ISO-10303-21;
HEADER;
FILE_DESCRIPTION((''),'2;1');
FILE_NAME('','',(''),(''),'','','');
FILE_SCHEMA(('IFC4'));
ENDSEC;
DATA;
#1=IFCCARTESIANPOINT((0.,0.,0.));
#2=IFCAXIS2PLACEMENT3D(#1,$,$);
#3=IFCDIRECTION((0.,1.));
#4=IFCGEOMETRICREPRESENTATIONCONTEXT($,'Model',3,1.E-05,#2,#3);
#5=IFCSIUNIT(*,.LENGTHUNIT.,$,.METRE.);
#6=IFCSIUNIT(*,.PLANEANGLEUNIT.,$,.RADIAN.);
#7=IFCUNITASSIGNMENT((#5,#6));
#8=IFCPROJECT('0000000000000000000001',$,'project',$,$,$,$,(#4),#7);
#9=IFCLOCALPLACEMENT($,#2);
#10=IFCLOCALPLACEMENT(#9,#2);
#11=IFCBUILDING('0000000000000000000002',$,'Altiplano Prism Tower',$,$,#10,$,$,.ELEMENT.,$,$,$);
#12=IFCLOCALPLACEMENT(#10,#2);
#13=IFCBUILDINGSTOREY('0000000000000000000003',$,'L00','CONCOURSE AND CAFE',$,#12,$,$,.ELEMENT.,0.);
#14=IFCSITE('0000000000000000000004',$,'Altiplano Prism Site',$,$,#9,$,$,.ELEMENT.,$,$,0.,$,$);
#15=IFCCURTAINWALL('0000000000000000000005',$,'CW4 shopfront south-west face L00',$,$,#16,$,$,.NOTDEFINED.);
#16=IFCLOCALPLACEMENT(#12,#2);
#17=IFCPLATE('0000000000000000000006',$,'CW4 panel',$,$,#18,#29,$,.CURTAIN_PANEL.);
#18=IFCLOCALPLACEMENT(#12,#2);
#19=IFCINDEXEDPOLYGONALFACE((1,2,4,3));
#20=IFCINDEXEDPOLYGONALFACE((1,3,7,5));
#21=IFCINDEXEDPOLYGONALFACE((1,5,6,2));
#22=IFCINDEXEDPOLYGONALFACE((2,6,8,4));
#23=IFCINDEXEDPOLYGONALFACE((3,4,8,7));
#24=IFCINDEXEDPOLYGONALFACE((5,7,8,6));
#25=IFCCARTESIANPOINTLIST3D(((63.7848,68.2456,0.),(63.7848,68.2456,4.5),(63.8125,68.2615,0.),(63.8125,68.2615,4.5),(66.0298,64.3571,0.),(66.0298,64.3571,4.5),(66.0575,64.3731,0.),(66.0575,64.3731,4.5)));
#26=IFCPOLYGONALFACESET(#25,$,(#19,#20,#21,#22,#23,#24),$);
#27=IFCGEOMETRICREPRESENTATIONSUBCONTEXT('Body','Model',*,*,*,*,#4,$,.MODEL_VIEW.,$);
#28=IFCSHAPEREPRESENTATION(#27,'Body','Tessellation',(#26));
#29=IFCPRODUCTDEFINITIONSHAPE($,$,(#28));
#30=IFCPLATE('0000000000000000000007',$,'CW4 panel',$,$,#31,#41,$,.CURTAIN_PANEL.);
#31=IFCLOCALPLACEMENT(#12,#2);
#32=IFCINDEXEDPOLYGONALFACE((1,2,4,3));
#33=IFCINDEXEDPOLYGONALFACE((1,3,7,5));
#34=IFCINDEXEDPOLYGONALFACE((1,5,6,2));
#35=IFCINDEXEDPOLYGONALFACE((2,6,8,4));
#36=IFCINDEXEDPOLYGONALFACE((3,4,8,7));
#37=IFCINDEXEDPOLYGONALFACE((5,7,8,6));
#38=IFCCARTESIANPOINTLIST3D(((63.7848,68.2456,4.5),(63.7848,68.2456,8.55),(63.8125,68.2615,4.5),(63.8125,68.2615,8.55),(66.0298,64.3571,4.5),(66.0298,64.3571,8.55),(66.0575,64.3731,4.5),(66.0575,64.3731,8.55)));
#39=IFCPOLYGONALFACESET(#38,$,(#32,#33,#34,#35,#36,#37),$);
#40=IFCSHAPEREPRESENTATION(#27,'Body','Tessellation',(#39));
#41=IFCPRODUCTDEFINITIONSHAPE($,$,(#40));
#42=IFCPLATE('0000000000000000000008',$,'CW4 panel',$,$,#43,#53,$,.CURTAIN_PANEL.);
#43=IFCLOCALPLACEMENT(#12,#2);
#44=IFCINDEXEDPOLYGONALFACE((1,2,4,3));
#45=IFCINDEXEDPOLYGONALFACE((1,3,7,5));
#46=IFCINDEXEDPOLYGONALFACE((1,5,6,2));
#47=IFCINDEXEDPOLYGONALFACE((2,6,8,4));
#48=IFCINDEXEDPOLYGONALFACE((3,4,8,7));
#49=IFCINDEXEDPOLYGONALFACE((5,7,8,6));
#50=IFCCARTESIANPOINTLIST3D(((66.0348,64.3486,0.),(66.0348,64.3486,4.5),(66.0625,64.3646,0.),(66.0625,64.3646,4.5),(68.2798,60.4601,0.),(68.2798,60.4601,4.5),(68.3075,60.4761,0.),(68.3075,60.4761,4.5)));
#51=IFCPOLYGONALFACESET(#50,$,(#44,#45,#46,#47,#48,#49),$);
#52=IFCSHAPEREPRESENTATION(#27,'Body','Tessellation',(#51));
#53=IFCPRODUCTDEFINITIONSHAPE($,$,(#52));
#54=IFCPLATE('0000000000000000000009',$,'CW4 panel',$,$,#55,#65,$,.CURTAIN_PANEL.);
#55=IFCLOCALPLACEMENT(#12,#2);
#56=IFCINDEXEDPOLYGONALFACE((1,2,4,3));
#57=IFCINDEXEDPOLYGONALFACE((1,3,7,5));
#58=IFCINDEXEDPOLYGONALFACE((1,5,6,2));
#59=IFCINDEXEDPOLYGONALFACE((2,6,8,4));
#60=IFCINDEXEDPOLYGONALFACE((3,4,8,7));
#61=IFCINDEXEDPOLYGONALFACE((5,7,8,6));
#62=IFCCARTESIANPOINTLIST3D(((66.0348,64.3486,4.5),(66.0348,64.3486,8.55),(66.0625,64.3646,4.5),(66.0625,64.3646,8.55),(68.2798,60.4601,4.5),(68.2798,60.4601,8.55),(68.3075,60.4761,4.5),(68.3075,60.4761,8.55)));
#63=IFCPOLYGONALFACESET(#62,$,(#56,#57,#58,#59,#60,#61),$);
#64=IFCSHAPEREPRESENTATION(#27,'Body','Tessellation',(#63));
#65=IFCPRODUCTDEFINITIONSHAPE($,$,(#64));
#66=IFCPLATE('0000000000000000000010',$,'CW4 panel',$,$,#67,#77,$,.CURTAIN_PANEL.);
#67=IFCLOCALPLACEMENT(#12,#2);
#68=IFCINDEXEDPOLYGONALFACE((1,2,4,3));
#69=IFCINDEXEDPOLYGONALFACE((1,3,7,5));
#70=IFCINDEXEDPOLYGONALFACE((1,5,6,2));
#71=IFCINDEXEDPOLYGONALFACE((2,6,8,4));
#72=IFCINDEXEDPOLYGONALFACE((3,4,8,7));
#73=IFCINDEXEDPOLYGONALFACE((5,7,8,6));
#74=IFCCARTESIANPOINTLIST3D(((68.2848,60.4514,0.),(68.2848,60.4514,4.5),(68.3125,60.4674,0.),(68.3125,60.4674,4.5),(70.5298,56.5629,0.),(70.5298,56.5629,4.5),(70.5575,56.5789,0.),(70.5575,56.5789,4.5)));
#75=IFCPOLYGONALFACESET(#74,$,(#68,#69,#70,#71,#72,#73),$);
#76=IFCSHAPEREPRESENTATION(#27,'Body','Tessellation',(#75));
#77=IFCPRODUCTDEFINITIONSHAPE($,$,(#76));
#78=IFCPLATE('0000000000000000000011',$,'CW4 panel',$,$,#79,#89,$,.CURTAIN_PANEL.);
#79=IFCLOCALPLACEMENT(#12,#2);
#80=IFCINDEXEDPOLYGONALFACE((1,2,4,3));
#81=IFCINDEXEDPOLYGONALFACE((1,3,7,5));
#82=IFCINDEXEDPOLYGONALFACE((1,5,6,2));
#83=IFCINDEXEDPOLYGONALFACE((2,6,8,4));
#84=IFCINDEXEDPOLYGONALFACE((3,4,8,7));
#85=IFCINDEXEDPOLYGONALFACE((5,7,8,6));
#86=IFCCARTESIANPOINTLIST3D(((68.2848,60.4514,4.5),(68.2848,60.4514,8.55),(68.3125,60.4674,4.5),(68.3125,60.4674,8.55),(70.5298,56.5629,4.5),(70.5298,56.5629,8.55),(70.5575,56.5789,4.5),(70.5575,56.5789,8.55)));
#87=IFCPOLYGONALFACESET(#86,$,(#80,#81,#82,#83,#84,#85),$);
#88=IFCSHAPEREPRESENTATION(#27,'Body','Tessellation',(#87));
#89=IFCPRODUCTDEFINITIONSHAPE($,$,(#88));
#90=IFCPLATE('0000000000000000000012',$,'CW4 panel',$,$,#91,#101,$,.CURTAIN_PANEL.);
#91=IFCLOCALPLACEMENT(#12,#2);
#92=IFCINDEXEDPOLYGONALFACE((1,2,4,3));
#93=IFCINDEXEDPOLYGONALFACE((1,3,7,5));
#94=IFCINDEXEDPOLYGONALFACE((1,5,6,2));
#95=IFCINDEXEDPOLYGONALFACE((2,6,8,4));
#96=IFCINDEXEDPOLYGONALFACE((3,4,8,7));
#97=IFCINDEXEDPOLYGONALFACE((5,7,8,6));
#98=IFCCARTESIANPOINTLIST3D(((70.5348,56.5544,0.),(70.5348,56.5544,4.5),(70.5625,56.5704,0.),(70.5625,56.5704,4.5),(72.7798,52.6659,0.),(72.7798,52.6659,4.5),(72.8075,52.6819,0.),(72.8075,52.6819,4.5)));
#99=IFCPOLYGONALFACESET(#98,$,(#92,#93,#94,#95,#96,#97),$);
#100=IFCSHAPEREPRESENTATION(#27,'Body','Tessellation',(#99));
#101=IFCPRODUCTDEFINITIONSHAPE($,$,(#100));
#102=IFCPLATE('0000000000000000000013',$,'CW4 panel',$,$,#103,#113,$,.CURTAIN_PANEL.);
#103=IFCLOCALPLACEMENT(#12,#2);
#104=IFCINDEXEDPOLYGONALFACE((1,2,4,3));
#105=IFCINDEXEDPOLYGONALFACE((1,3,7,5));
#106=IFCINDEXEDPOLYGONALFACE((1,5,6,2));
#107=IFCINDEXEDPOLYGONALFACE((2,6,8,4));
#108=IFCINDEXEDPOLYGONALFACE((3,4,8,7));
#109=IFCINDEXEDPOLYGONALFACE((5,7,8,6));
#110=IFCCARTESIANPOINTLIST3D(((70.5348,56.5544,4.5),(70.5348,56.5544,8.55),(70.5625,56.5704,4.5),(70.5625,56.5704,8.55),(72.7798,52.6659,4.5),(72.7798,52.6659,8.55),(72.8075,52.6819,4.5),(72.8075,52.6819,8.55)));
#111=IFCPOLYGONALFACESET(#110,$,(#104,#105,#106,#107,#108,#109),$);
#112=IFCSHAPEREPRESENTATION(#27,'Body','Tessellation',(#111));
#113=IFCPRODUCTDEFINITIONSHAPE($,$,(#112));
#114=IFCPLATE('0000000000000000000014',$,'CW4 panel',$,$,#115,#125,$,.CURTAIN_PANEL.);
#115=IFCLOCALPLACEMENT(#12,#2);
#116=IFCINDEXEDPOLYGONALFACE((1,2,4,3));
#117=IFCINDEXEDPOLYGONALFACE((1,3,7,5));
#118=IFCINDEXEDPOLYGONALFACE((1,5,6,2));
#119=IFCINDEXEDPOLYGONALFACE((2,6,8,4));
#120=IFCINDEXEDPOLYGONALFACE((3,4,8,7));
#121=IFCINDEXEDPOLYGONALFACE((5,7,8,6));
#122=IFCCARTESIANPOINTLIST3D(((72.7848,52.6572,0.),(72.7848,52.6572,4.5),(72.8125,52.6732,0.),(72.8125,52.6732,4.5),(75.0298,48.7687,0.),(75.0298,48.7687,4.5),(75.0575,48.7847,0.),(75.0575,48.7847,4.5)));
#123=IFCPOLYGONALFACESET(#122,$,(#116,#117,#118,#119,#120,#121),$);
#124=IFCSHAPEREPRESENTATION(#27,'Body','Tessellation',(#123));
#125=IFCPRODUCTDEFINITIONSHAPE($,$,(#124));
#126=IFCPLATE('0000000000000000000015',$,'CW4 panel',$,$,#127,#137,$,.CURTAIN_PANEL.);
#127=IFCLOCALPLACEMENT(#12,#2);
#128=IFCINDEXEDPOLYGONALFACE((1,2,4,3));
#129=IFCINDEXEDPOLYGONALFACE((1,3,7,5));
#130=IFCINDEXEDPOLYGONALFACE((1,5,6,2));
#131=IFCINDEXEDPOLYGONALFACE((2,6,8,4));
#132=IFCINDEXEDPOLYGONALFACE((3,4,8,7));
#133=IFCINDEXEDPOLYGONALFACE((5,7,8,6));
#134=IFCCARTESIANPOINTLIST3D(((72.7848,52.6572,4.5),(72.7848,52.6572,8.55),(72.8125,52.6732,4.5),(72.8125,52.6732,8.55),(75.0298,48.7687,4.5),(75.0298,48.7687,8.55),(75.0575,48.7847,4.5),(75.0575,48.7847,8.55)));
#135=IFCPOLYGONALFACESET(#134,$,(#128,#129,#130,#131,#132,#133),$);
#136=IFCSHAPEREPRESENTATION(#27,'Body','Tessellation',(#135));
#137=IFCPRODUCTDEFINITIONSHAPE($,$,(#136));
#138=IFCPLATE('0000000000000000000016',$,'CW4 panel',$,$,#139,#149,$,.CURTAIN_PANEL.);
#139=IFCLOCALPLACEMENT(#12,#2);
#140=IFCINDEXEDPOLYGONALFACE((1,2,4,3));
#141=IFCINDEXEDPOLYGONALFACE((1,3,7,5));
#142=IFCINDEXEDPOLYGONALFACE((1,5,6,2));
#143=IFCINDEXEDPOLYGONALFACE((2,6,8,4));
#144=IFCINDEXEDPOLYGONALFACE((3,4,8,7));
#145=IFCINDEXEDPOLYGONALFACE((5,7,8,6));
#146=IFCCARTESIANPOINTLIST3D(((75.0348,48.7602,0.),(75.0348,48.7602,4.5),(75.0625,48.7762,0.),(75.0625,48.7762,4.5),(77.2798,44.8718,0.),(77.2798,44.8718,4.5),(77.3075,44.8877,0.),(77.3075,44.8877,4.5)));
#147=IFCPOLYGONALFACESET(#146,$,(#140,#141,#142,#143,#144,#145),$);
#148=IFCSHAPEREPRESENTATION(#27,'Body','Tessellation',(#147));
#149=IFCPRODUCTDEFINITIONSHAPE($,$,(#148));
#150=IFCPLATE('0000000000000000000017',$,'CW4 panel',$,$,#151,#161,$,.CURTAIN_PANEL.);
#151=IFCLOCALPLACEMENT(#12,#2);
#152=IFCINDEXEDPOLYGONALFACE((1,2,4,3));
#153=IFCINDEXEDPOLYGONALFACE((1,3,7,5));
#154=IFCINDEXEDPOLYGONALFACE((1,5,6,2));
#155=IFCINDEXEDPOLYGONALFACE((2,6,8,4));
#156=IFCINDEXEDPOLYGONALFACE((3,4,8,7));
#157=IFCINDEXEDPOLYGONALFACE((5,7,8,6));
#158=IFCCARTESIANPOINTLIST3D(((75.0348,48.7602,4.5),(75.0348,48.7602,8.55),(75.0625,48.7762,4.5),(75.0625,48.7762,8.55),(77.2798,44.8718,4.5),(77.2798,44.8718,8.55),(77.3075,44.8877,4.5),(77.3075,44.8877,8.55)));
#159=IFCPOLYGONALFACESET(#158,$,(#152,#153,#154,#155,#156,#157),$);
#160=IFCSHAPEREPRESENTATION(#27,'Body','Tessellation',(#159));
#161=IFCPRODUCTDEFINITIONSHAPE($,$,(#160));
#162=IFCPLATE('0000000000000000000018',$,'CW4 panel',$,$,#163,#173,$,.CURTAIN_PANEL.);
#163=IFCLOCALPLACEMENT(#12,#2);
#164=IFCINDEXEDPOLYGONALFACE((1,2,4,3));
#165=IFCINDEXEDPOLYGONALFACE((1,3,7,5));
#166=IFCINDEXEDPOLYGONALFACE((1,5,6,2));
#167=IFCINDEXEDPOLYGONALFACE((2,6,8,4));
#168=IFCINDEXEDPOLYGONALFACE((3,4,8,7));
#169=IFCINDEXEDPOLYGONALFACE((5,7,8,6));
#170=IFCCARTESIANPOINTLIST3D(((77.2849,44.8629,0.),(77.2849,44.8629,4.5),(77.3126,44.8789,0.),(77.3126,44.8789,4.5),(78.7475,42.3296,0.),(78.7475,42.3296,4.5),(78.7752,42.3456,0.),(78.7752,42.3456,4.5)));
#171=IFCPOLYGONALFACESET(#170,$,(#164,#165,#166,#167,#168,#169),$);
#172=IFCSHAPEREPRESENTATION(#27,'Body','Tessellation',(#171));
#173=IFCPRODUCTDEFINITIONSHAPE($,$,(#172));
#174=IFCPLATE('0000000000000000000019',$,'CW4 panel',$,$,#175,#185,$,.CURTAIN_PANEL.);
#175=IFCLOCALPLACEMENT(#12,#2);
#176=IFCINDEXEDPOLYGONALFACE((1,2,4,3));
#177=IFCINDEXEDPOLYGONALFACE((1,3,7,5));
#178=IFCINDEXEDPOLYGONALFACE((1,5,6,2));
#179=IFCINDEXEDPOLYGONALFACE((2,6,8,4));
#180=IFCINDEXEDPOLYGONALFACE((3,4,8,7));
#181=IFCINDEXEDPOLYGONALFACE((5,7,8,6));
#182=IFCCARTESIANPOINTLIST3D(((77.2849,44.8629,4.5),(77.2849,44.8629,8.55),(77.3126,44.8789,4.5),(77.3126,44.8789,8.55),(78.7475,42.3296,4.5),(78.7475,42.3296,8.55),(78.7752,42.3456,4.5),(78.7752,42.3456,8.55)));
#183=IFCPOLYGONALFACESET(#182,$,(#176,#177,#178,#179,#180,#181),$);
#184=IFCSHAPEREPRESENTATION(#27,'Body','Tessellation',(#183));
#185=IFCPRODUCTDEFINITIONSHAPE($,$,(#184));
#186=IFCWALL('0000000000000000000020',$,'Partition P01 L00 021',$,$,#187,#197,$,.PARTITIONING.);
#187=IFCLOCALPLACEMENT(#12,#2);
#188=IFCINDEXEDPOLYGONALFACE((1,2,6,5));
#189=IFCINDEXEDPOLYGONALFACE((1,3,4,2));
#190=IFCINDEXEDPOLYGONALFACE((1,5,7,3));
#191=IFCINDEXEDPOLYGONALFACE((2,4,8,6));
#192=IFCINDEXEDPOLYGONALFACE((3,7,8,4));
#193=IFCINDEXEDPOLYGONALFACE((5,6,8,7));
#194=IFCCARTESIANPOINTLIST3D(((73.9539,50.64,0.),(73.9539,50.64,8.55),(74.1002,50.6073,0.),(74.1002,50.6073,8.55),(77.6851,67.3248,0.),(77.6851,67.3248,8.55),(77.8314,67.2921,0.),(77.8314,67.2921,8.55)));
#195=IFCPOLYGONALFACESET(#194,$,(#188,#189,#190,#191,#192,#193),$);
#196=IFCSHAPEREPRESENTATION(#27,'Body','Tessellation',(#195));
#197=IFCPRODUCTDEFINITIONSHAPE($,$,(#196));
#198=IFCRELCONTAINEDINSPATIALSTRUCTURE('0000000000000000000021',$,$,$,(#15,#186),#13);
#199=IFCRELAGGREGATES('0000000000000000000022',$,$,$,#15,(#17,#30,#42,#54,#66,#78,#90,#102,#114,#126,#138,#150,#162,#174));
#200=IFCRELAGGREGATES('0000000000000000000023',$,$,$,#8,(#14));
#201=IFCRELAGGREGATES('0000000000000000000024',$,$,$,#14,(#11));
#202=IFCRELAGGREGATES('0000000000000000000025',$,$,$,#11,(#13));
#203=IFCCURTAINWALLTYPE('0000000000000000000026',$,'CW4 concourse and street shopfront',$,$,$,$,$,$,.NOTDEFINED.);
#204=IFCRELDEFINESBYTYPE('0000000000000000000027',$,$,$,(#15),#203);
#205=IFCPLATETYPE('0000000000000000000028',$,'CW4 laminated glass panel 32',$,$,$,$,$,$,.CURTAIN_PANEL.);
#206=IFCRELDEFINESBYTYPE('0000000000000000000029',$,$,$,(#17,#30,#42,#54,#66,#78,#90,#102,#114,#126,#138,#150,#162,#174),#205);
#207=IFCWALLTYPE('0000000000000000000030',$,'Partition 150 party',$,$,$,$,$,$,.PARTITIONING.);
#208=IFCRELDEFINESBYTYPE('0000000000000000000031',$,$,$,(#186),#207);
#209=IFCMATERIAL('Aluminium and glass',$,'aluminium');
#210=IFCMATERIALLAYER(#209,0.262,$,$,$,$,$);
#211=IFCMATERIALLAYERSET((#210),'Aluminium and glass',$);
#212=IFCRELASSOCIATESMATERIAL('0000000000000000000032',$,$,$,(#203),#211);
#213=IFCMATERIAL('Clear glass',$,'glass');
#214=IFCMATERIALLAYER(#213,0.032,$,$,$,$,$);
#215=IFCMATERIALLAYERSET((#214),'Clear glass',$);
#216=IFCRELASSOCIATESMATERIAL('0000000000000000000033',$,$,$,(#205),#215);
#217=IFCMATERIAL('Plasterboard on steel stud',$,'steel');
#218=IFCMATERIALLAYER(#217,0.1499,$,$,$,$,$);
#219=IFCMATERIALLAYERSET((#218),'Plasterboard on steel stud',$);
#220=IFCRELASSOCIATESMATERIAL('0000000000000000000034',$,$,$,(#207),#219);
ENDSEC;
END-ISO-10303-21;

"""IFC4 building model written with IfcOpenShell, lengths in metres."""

from ifc_helpers import new_model, si_unit, direction, frame, frame_2d, origin, origin_2d, place, context, subcontext, project, spatial, rectangle, extrude, material, layer, layer_set, type_object, element, aggregate, save


model = new_model("IFC4")

# Units and contexts
model_context = context("Model", 3, precision=1e-05, world=origin(), true_north=direction((0.0, 1.0)))
body_context = subcontext(model_context, "Body", "Model", "MODEL_VIEW")
ifc_project = project(units=[si_unit("LENGTHUNIT", "METRE"), si_unit("PLANEANGLEUNIT", "RADIAN")], contexts=[model_context])

# Site, building, storey
site_placement = place(None, origin())
site = spatial("IfcSite", under=ifc_project, at=site_placement, Name="Altiplano Prism Site", CompositionType="ELEMENT", RefElevation=0.0)
building_placement = place(site_placement, origin())
building = spatial("IfcBuilding", under=site, at=building_placement, Name="Altiplano Prism Tower", CompositionType="ELEMENT")
storey_placement = place(building_placement, origin())
storey = spatial("IfcBuildingStorey", under=building, at=storey_placement, Name="L00", Description="CONCOURSE AND CAFE", CompositionType="ELEMENT", Elevation=0.0)

# Curtain wall, plates
ifc_material_1 = material(Name="Aluminium and glass", Category="aluminium")
ifc_layer_1 = layer(ifc_material_1, 0.262)
ifc_layer_set_1 = layer_set([ifc_layer_1], Name="Aluminium and glass")
curtain_wall_type = type_object("IfcCurtainWallType", Name="CW4 concourse and street shopfront", PredefinedType="NOTDEFINED", material=ifc_layer_set_1)
curtain_wall_placement = place(storey_placement, origin())
curtain_wall = element("IfcCurtainWall", 1, at=curtain_wall_placement, inside=storey, type_object=curtain_wall_type, Name="CW4 shopfront south-west face L00", PredefinedType="NOTDEFINED")
ifc_material_2 = material(Name="Clear glass", Category="glass")
ifc_layer_2 = layer(ifc_material_2, 0.032)
ifc_layer_set_2 = layer_set([ifc_layer_2], Name="Clear glass")
plate_type = type_object("IfcPlateType", Name="CW4 laminated glass panel 32", PredefinedType="CURTAIN_PANEL", material=ifc_layer_set_2)
plate_1_placement = place(storey_placement, frame((64.9211, 66.3093, 0.0), z_axis=(0.0, 0.0, 1.0), x_axis=(0.5, -0.866025, 0.0)))
plate_1 = element("IfcPlate", 2, at=plate_1_placement, type_object=plate_type, Name="CW4 panel", PredefinedType="CURTAIN_PANEL", context=body_context, shape_type="SweptSolid", body=[
    extrude(rectangle(XDim=4.49, YDim=0.032, at=origin_2d()), origin(), (0.0, 0.0, 1.0), 4.5),
])
plate_2_placement = place(storey_placement, frame((64.9211, 66.3093, 4.5), z_axis=(0.0, 0.0, 1.0), x_axis=(0.5, -0.866025, 0.0)))
plate_2 = element("IfcPlate", 3, at=plate_2_placement, type_object=plate_type, Name="CW4 panel", PredefinedType="CURTAIN_PANEL", context=body_context, shape_type="SweptSolid", body=[
    extrude(rectangle(XDim=4.49, YDim=0.032, at=origin_2d()), origin(), (0.0, 0.0, 1.0), 4.05),
])
plate_3_placement = place(storey_placement, frame((67.1711, 62.4124, 0.0), z_axis=(0.0, 0.0, 1.0), x_axis=(0.5, -0.866025, 0.0)))
plate_3 = element("IfcPlate", 4, at=plate_3_placement, type_object=plate_type, Name="CW4 panel", PredefinedType="CURTAIN_PANEL", context=body_context, shape_type="SweptSolid", body=[
    extrude(rectangle(XDim=4.49, YDim=0.032, at=origin_2d()), origin(), (0.0, 0.0, 1.0), 4.5),
])
plate_4_placement = place(storey_placement, frame((67.1711, 62.4124, 4.5), z_axis=(0.0, 0.0, 1.0), x_axis=(0.5, -0.866025, 0.0)))
plate_4 = element("IfcPlate", 5, at=plate_4_placement, type_object=plate_type, Name="CW4 panel", PredefinedType="CURTAIN_PANEL", context=body_context, shape_type="SweptSolid", body=[
    extrude(rectangle(XDim=4.49, YDim=0.032, at=origin_2d()), origin(), (0.0, 0.0, 1.0), 4.05),
])
plate_5_placement = place(storey_placement, frame((69.4211, 58.5151, 0.0), z_axis=(0.0, 0.0, 1.0), x_axis=(0.5, -0.866025, 0.0)))
plate_5 = element("IfcPlate", 6, at=plate_5_placement, type_object=plate_type, Name="CW4 panel", PredefinedType="CURTAIN_PANEL", context=body_context, shape_type="SweptSolid", body=[
    extrude(rectangle(XDim=4.49, YDim=0.032, at=origin_2d()), origin(), (0.0, 0.0, 1.0), 4.5),
])
plate_6_placement = place(storey_placement, frame((69.4211, 58.5151, 4.5), z_axis=(0.0, 0.0, 1.0), x_axis=(0.5, -0.866025, 0.0)))
plate_6 = element("IfcPlate", 7, at=plate_6_placement, type_object=plate_type, Name="CW4 panel", PredefinedType="CURTAIN_PANEL", context=body_context, shape_type="SweptSolid", body=[
    extrude(rectangle(XDim=4.49, YDim=0.032, at=origin_2d()), origin(), (0.0, 0.0, 1.0), 4.05),
])
plate_7_placement = place(storey_placement, frame((71.6711, 54.6182, 0.0), z_axis=(0.0, 0.0, 1.0), x_axis=(0.5, -0.866025, 0.0)))
plate_7 = element("IfcPlate", 8, at=plate_7_placement, type_object=plate_type, Name="CW4 panel", PredefinedType="CURTAIN_PANEL", context=body_context, shape_type="SweptSolid", body=[
    extrude(rectangle(XDim=4.49, YDim=0.032, at=origin_2d()), origin(), (0.0, 0.0, 1.0), 4.5),
])
plate_8_placement = place(storey_placement, frame((71.6711, 54.6182, 4.5), z_axis=(0.0, 0.0, 1.0), x_axis=(0.5, -0.866025, 0.0)))
plate_8 = element("IfcPlate", 9, at=plate_8_placement, type_object=plate_type, Name="CW4 panel", PredefinedType="CURTAIN_PANEL", context=body_context, shape_type="SweptSolid", body=[
    extrude(rectangle(XDim=4.49, YDim=0.032, at=origin_2d()), origin(), (0.0, 0.0, 1.0), 4.05),
])
plate_9_placement = place(storey_placement, frame((73.9211, 50.7209, 0.0), z_axis=(0.0, 0.0, 1.0), x_axis=(0.5, -0.866025, 0.0)))
plate_9 = element("IfcPlate", 10, at=plate_9_placement, type_object=plate_type, Name="CW4 panel", PredefinedType="CURTAIN_PANEL", context=body_context, shape_type="SweptSolid", body=[
    extrude(rectangle(XDim=4.49, YDim=0.032, at=origin_2d()), origin(), (0.0, 0.0, 1.0), 4.5),
])
plate_10_placement = place(storey_placement, frame((73.9211, 50.7209, 4.5), z_axis=(0.0, 0.0, 1.0), x_axis=(0.5, -0.866025, 0.0)))
plate_10 = element("IfcPlate", 11, at=plate_10_placement, type_object=plate_type, Name="CW4 panel", PredefinedType="CURTAIN_PANEL", context=body_context, shape_type="SweptSolid", body=[
    extrude(rectangle(XDim=4.49, YDim=0.032, at=origin_2d()), origin(), (0.0, 0.0, 1.0), 4.05),
])
plate_11_placement = place(storey_placement, frame((76.1711, 46.824, 0.0), z_axis=(0.0, 0.0, 1.0), x_axis=(0.5, -0.866025, 0.0)))
plate_11 = element("IfcPlate", 12, at=plate_11_placement, type_object=plate_type, Name="CW4 panel", PredefinedType="CURTAIN_PANEL", context=body_context, shape_type="SweptSolid", body=[
    extrude(rectangle(XDim=4.49, YDim=0.032, at=origin_2d()), origin(), (0.0, 0.0, 1.0), 4.5),
])
plate_12_placement = place(storey_placement, frame((76.1711, 46.824, 4.5), z_axis=(0.0, 0.0, 1.0), x_axis=(0.5, -0.866025, 0.0)))
plate_12 = element("IfcPlate", 13, at=plate_12_placement, type_object=plate_type, Name="CW4 panel", PredefinedType="CURTAIN_PANEL", context=body_context, shape_type="SweptSolid", body=[
    extrude(rectangle(XDim=4.49, YDim=0.032, at=origin_2d()), origin(), (0.0, 0.0, 1.0), 4.05),
])
plate_13_placement = place(storey_placement, frame((78.03, 43.6042, 0.0), z_axis=(0.0, 0.0, 1.0), x_axis=(0.5, -0.866025, 0.0)))
plate_13 = element("IfcPlate", 14, at=plate_13_placement, type_object=plate_type, Name="CW4 panel", PredefinedType="CURTAIN_PANEL", context=body_context, shape_type="SweptSolid", body=[
    extrude(rectangle(XDim=2.9253, YDim=0.032, at=origin_2d()), origin(), (0.0, 0.0, 1.0), 4.5),
])
plate_14_placement = place(storey_placement, frame((78.03, 43.6042, 4.5), z_axis=(0.0, 0.0, 1.0), x_axis=(0.5, -0.866025, 0.0)))
plate_14 = element("IfcPlate", 15, at=plate_14_placement, type_object=plate_type, Name="CW4 panel", PredefinedType="CURTAIN_PANEL", context=body_context, shape_type="SweptSolid", body=[
    extrude(rectangle(XDim=2.9253, YDim=0.032, at=origin_2d()), origin(), (0.0, 0.0, 1.0), 4.05),
])
aggregate(curtain_wall, [plate_1, plate_2, plate_3, plate_4, plate_5, plate_6, plate_7, plate_8, plate_9, plate_10, plate_11, plate_12, plate_13, plate_14])

# Wall
ifc_material_3 = material(Name="Plasterboard on steel stud", Category="steel")
ifc_layer_3 = layer(ifc_material_3, 0.1499)
ifc_layer_set_3 = layer_set([ifc_layer_3], Name="Plasterboard on steel stud")
wall_type_1 = type_object("IfcWallType", Name="Partition 150 party", PredefinedType="PARTITIONING", material=ifc_layer_set_3)
wall_1_placement = place(storey_placement, frame((74.0271, 50.6238, 0.0), z_axis=(0.0, 0.0, 1.0), x_axis=(0.218238, 0.975896, 0.0)))
element("IfcWall", 16, at=wall_1_placement, inside=storey, type_object=wall_type_1, Name="Partition P01 L00 021", PredefinedType="PARTITIONING", context=body_context, shape_type="SweptSolid", body=[
    extrude(rectangle(XDim=17.0969, YDim=0.1499, at=frame_2d((8.5483, 0.0))), origin(), (0.0, 0.0, 1.0), 8.55),
])

save(model, "model.ifc")
